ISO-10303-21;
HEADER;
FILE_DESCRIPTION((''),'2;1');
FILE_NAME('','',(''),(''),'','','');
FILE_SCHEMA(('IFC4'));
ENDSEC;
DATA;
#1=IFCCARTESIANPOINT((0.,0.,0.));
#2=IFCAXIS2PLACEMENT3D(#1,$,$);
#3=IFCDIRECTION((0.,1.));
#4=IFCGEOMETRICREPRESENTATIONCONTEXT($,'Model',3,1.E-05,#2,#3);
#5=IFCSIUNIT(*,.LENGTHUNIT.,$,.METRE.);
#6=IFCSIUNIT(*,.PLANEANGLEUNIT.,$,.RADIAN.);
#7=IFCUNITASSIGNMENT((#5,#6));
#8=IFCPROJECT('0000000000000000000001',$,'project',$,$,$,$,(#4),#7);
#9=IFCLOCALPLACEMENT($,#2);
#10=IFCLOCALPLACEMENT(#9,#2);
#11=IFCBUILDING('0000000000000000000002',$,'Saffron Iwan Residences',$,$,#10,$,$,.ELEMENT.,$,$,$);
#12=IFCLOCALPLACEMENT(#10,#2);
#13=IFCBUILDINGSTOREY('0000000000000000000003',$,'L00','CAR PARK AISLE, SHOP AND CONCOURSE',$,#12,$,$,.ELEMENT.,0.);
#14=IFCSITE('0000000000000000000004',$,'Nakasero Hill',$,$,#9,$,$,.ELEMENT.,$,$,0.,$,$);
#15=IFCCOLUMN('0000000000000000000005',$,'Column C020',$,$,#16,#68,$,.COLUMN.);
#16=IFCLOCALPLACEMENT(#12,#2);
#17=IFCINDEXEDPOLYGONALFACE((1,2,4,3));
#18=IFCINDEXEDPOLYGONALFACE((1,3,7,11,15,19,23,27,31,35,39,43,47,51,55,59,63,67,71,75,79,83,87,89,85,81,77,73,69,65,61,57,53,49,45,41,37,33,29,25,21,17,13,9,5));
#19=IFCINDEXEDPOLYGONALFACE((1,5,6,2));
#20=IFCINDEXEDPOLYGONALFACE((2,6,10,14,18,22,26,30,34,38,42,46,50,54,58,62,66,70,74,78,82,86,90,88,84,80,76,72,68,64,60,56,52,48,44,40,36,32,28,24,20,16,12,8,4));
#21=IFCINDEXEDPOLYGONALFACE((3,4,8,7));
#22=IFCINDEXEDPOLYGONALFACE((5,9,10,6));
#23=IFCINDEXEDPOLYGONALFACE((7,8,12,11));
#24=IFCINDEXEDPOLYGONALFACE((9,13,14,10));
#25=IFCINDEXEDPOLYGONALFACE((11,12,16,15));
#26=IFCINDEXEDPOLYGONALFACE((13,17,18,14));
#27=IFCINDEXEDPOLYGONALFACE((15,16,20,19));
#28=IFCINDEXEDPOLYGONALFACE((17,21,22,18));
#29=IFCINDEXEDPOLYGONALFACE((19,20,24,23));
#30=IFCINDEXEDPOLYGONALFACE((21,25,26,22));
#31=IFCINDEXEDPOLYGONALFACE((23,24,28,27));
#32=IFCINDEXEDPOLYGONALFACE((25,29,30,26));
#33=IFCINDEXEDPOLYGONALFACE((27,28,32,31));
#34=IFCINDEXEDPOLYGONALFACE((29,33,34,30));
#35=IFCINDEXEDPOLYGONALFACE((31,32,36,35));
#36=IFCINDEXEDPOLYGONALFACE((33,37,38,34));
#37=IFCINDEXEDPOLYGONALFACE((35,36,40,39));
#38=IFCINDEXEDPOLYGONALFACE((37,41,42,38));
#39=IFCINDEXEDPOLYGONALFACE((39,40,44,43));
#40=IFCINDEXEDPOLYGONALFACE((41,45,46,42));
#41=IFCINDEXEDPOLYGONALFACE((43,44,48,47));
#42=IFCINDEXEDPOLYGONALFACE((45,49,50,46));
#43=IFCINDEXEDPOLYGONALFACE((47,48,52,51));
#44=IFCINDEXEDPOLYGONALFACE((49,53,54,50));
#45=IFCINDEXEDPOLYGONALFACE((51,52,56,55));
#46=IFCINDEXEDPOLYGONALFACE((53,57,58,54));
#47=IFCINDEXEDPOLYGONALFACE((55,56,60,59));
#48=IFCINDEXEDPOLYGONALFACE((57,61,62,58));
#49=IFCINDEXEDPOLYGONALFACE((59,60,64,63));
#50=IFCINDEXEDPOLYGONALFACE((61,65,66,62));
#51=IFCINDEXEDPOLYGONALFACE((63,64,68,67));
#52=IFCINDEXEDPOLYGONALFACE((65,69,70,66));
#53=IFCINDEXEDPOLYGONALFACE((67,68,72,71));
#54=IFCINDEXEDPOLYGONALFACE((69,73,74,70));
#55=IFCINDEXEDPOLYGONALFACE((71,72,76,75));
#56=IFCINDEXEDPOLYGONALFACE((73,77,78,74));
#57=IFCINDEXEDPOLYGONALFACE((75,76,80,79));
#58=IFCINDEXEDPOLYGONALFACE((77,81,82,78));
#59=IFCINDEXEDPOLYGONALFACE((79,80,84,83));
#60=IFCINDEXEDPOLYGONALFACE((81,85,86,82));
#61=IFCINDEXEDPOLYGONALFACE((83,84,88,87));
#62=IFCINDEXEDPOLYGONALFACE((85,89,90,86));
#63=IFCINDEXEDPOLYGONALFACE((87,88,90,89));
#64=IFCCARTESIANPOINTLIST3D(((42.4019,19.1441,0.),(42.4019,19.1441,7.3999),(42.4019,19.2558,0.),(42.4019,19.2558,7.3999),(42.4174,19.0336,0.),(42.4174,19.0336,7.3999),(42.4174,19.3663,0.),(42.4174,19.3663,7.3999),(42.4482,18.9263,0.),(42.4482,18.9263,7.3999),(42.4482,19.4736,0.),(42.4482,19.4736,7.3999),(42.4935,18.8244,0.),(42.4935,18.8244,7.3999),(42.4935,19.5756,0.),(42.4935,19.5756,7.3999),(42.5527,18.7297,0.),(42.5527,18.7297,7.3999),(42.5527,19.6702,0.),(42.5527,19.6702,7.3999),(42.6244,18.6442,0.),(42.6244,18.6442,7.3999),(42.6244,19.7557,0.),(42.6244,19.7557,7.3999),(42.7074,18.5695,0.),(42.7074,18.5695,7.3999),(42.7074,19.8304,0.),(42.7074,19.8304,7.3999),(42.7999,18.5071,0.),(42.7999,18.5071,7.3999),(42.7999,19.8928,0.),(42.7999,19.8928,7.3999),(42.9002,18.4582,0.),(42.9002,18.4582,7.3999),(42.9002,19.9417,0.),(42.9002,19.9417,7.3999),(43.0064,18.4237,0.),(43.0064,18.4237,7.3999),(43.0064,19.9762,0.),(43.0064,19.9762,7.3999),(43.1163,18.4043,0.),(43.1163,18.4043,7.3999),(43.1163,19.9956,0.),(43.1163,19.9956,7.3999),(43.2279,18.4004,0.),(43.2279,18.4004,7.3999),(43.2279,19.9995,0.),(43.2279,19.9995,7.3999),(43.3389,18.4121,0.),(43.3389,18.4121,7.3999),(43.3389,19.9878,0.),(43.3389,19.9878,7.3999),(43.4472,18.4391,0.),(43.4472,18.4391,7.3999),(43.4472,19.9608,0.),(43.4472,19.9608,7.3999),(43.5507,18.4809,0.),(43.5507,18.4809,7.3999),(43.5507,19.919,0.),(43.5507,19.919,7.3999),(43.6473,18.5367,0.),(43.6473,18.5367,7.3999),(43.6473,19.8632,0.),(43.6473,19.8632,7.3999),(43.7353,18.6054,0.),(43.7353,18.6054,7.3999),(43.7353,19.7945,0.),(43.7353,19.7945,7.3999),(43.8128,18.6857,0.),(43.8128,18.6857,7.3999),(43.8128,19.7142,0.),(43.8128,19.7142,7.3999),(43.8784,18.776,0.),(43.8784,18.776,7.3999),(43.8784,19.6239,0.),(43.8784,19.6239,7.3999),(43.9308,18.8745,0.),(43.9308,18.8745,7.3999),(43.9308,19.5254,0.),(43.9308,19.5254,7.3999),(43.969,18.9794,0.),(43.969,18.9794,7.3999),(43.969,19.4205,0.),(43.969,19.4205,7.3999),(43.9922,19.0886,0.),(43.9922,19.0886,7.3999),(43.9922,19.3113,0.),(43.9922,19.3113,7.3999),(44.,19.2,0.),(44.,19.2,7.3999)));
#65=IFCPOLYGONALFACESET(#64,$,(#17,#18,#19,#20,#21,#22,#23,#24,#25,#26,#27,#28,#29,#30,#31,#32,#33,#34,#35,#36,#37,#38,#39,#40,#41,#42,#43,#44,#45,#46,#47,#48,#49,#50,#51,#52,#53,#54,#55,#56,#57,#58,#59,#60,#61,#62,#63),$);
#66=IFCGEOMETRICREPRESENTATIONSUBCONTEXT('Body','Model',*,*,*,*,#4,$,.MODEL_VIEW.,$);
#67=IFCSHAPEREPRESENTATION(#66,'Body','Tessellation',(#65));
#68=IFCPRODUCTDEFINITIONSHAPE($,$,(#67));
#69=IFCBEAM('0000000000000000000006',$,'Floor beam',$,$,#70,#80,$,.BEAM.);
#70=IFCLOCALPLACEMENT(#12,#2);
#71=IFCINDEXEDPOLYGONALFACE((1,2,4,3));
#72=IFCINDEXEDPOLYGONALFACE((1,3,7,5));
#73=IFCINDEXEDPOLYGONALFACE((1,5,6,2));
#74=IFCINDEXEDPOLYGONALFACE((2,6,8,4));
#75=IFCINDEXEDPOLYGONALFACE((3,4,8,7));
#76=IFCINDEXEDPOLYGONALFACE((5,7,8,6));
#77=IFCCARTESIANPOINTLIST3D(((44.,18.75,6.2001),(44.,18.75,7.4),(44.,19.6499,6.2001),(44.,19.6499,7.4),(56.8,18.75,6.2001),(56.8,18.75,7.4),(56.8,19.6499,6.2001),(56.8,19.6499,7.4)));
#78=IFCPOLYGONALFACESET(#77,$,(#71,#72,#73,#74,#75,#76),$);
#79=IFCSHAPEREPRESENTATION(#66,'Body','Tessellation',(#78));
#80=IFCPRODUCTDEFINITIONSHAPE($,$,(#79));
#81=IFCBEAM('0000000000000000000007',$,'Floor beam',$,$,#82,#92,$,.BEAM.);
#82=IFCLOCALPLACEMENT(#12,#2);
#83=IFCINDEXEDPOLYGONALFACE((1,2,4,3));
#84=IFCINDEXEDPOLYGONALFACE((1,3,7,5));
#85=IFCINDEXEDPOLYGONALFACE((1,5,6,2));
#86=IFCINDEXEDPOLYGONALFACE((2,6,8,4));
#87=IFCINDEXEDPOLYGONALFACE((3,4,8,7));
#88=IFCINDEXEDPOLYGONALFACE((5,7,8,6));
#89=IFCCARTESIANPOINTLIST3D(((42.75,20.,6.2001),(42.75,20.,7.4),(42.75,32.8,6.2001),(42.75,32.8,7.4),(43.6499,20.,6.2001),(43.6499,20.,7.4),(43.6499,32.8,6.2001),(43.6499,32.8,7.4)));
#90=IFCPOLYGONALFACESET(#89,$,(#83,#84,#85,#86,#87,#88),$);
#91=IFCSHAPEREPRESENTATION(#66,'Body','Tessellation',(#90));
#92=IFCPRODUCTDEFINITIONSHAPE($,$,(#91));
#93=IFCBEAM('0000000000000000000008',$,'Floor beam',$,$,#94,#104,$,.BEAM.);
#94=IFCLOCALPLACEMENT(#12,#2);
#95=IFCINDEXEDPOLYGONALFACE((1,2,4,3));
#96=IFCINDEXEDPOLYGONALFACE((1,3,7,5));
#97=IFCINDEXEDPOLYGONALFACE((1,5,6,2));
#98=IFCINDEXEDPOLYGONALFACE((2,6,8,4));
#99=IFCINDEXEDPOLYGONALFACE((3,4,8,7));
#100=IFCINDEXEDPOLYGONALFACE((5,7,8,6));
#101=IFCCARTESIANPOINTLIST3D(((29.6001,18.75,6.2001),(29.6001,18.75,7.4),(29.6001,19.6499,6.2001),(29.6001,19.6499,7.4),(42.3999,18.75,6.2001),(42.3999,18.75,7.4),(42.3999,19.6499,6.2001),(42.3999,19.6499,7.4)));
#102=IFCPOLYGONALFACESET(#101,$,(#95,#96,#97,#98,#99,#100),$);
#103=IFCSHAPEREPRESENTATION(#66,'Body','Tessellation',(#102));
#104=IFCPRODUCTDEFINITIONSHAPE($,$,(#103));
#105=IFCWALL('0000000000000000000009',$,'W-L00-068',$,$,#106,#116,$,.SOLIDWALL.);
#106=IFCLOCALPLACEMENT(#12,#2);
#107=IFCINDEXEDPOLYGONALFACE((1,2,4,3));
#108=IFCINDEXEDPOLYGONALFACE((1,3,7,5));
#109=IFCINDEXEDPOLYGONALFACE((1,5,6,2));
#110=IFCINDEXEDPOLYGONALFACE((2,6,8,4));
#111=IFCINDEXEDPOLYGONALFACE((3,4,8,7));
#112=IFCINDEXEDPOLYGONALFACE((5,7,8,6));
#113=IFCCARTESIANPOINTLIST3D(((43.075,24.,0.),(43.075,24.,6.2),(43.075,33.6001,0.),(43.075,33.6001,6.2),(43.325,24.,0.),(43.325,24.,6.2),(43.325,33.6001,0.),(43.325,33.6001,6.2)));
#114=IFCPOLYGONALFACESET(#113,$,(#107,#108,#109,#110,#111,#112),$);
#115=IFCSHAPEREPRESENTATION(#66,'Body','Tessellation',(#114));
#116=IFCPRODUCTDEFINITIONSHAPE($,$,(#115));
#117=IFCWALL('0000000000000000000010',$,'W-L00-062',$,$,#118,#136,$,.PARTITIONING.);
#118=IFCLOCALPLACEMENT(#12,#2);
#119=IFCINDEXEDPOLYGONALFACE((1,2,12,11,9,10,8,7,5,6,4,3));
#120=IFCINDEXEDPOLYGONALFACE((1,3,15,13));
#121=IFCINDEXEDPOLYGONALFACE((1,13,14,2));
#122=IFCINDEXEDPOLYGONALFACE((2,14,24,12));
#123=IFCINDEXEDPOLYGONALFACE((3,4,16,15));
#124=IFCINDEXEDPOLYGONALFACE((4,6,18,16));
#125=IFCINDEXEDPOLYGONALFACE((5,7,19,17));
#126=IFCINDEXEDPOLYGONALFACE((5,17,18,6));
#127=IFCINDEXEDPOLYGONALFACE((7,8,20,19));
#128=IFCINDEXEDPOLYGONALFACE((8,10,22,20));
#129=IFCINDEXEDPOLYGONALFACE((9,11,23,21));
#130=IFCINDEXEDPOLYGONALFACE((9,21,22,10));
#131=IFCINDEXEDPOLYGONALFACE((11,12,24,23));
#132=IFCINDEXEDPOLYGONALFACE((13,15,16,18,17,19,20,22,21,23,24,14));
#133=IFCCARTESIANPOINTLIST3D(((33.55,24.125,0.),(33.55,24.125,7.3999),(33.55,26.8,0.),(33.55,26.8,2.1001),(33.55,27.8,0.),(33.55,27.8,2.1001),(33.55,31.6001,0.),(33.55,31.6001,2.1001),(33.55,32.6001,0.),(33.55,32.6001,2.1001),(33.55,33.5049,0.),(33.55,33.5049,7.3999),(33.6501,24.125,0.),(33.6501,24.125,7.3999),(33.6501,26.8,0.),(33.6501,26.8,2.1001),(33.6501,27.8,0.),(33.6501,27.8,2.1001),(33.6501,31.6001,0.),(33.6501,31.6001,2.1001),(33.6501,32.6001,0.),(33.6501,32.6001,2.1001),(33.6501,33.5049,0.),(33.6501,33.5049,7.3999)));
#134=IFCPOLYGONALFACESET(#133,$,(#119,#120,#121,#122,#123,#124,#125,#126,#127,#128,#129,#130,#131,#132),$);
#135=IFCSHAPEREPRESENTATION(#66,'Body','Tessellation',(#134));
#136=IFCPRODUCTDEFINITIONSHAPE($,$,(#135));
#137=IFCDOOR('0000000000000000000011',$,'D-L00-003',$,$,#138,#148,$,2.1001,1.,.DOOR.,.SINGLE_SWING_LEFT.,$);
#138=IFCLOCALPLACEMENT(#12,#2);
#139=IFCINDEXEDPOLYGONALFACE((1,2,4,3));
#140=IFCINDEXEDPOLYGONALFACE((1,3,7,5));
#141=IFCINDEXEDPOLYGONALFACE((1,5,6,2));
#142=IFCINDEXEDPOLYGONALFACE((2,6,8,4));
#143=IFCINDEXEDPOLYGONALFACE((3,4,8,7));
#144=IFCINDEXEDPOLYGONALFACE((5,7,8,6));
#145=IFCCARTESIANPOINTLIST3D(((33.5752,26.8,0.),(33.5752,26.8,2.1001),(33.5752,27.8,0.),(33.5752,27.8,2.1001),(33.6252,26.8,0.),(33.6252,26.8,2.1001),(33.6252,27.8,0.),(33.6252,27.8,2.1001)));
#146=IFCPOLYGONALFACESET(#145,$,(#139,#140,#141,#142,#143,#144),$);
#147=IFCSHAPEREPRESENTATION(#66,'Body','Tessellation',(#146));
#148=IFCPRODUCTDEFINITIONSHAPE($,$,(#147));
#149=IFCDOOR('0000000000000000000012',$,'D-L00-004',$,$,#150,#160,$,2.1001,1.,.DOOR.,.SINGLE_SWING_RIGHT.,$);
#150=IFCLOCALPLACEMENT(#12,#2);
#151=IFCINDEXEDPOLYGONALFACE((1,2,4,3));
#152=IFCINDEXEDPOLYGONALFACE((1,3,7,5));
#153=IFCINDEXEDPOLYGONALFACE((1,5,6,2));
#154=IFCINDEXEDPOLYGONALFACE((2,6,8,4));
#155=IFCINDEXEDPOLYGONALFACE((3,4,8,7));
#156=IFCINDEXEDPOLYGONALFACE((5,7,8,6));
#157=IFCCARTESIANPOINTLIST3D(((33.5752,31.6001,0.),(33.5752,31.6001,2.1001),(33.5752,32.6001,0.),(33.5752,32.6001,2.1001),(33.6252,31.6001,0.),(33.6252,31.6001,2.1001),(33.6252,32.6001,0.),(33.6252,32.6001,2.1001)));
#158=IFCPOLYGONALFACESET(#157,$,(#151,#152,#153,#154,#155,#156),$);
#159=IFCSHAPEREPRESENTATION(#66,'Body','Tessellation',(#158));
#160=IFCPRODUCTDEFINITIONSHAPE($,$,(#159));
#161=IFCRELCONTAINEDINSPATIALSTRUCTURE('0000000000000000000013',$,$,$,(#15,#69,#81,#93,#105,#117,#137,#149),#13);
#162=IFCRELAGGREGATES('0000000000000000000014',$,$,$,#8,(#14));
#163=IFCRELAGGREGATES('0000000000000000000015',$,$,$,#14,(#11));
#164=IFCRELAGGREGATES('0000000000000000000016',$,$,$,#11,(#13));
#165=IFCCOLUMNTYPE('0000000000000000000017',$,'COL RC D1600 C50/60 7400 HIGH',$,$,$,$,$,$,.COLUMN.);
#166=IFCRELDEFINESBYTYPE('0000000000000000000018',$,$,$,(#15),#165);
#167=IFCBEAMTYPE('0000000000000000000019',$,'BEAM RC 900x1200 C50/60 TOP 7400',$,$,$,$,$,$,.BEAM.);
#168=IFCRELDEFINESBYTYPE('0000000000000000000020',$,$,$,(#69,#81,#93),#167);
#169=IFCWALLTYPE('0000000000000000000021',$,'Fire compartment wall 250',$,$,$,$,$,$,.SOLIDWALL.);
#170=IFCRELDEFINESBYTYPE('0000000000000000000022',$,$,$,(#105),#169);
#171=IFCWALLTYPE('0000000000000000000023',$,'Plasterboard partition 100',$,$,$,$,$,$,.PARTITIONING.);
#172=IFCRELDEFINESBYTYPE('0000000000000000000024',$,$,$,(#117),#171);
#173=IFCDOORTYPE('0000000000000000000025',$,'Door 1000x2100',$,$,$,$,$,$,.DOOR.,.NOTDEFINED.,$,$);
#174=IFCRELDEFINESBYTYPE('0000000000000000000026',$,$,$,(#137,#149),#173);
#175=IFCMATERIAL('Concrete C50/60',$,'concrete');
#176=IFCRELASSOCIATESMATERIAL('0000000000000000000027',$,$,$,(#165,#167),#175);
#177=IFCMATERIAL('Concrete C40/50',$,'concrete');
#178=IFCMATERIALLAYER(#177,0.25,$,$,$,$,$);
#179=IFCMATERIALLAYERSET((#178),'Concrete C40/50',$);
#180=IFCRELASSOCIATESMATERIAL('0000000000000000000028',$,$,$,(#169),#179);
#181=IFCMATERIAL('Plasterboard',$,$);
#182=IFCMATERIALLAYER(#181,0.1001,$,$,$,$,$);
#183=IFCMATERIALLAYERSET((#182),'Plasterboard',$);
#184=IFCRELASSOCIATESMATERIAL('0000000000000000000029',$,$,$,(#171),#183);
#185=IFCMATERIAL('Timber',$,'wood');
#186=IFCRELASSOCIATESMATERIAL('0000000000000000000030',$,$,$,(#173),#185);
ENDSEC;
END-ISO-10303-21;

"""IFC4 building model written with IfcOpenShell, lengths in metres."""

from ifc_helpers import new_model, si_unit, direction, frame, frame_2d, origin, origin_2d, place, context, subcontext, project, spatial, rectangle, circle, extrude, source, transform, mapped, material, layer, layer_set, material_profile, profile_set, type_object, element, fill, save


model = new_model("IFC4")

# Units and contexts
model_context = context("Model", 3, precision=1e-05, world=origin(), true_north=direction((0.0, 1.0)))
body_context = subcontext(model_context, "Body", "Model", "MODEL_VIEW")
ifc_project = project(units=[si_unit("LENGTHUNIT", "METRE"), si_unit("PLANEANGLEUNIT", "RADIAN")], contexts=[model_context])

# Site, building, storey
site_placement = place(None, origin())
site = spatial("IfcSite", under=ifc_project, at=site_placement, Name="Nakasero Hill", CompositionType="ELEMENT", RefElevation=0.0)
building_placement = place(site_placement, origin())
building = spatial("IfcBuilding", under=site, at=building_placement, Name="Saffron Iwan Residences", CompositionType="ELEMENT")
storey_placement = place(building_placement, origin())
storey = spatial("IfcBuildingStorey", under=building, at=storey_placement, Name="L00", Description="CAR PARK AISLE, SHOP AND CONCOURSE", CompositionType="ELEMENT", Elevation=0.0)

# Column
ifc_material_1 = material(Name="Concrete C50/60", Category="concrete")
ifc_material_profile_1 = material_profile(ifc_material_1, circle(Radius=0.8, at=origin_2d()), Name="RC D1600")
ifc_profile_set_1 = profile_set([ifc_material_profile_1], Name="Concrete C50/60")
column_type = type_object("IfcColumnType", Name="COL RC D1600 C50/60 7400 HIGH", PredefinedType="COLUMN", material=ifc_profile_set_1)
shared_shape_1 = source(origin(), body_context, "Body", "SweptSolid", [
    extrude(circle(Radius=0.8, at=origin_2d()), origin(), (0.0, 0.0, 1.0), 7.3999),
])
column_placement = place(storey_placement, frame((43.2, 19.2, 0.0), z_axis=(0.0, 0.0, 1.0), x_axis=(1.0, 0.0, 0.0)))
element("IfcColumn", 1, at=column_placement, inside=storey, type_object=column_type, Name="Column C020", PredefinedType="COLUMN", context=body_context, shape_type="MappedRepresentation", body=[
    mapped(shared_shape_1, transform((0.0, 0.0, 0.0))),
])

# Beams
ifc_material_profile_2 = material_profile(ifc_material_1, rectangle(XDim=0.8999, YDim=1.2, at=origin_2d()), Name="RC 900x1200")
ifc_profile_set_2 = profile_set([ifc_material_profile_2], Name="Concrete C50/60")
beam_type = type_object("IfcBeamType", Name="BEAM RC 900x1200 C50/60 TOP 7400", PredefinedType="BEAM", material=ifc_profile_set_2)
shared_shape_2 = source(origin(), body_context, "Body", "SweptSolid", [
    extrude(rectangle(XDim=0.8999, YDim=1.2, at=origin_2d()), origin(), (0.0, 0.0, 1.0), 12.8),
])
for number, where, z_axis, x_axis, name in (
    (2, (44.0, 19.2, 6.8), (1.0, 0.0, 0.0), (0.0, 1.0, 0.0), "Floor beam"),
    (3, (43.2, 20.0, 6.8), (0.0, 1.0, 0.0), (-1.0, 0.0, 0.0), "Floor beam"),
):
    element("IfcBeam", number, at=place(storey_placement, frame(where, z_axis=z_axis, x_axis=x_axis)), inside=storey, type_object=beam_type, Name=name, PredefinedType="BEAM", context=body_context, shape_type="MappedRepresentation", body=[
        mapped(shared_shape_2, transform((0.0, 0.0, 0.0))),
    ])
shared_shape_3 = source(origin(), body_context, "Body", "SweptSolid", [
    extrude(rectangle(XDim=0.8999, YDim=1.2, at=origin_2d()), origin(), (0.0, 0.0, 1.0), 12.7998),
])
beam_placement = place(storey_placement, frame((29.6001, 19.2, 6.8), z_axis=(1.0, 0.0, 0.0), x_axis=(0.0, 1.0, 0.0)))
element("IfcBeam", 4, at=beam_placement, inside=storey, type_object=beam_type, Name="Floor beam", PredefinedType="BEAM", context=body_context, shape_type="MappedRepresentation", body=[
    mapped(shared_shape_3, transform((0.0, 0.0, 0.0))),
])

# Wall
ifc_material_2 = material(Name="Concrete C40/50", Category="concrete")
ifc_layer_1 = layer(ifc_material_2, 0.25)
ifc_layer_set_1 = layer_set([ifc_layer_1], Name="Concrete C40/50")
wall_type_1 = type_object("IfcWallType", Name="Fire compartment wall 250", PredefinedType="SOLIDWALL", material=ifc_layer_set_1)
wall_1_placement = place(storey_placement, frame((43.2, 24.0, 0.0), z_axis=(0.0, 0.0, 1.0), x_axis=(0.0, 1.0, 0.0)))
element("IfcWall", 5, at=wall_1_placement, inside=storey, type_object=wall_type_1, Name="W-L00-068", PredefinedType="SOLIDWALL", context=body_context, shape_type="SweptSolid", body=[
    extrude(rectangle(XDim=9.6001, YDim=0.25, at=frame_2d((4.8, 0.0))), origin(), (0.0, 0.0, 1.0), 6.2),
])

# Wall, openings, doors
ifc_material_3 = material(Name="Plasterboard")
ifc_layer_2 = layer(ifc_material_3, 0.1001)
ifc_layer_set_2 = layer_set([ifc_layer_2], Name="Plasterboard")
wall_type_2 = type_object("IfcWallType", Name="Plasterboard partition 100", PredefinedType="PARTITIONING", material=ifc_layer_set_2)
wall_2_placement = place(storey_placement, frame((33.6001, 24.125, 0.0), z_axis=(0.0, 0.0, 1.0), x_axis=(0.0, 1.0, 0.0)))
wall_2 = element("IfcWall", 6, at=wall_2_placement, inside=storey, type_object=wall_type_2, Name="W-L00-062", PredefinedType="PARTITIONING", context=body_context, shape_type="SweptSolid", body=[
    extrude(rectangle(XDim=9.3799, YDim=0.1001, at=frame_2d((4.6899, 0.0))), origin(), (0.0, 0.0, 1.0), 7.3999),
])
opening_1_placement = place(wall_2_placement, frame((2.675, 0.0, 0.0)))
opening_1 = element("IfcOpeningElement", 7, at=opening_1_placement, cuts=wall_2, PredefinedType="OPENING", context=body_context, shape_type="SweptSolid", body=[
    extrude(rectangle(XDim=1.0, YDim=2.1001, at=frame_2d((0.5, 1.05))), frame((0.0, 0.0601, 0.0), z_axis=(0.0, -1.0, 0.0), x_axis=(1.0, 0.0, 0.0)), (0.0, 0.0, 1.0), 0.1201),
])
opening_2_placement = place(wall_2_placement, frame((7.4751, 0.0, 0.0)))
opening_2 = element("IfcOpeningElement", 8, at=opening_2_placement, cuts=wall_2, PredefinedType="OPENING", context=body_context, shape_type="SweptSolid", body=[
    extrude(rectangle(XDim=1.0, YDim=2.1001, at=frame_2d((0.5, 1.05))), frame((0.0, 0.0601, 0.0), z_axis=(0.0, -1.0, 0.0), x_axis=(1.0, 0.0, 0.0)), (0.0, 0.0, 1.0), 0.1201),
])
ifc_material_4 = material(Name="Timber", Category="wood")
door_type_1 = type_object("IfcDoorType", Name="Door 1000x2100", OperationType="NOTDEFINED", PredefinedType="DOOR", material=ifc_material_4)
door_1_placement = place(opening_1_placement, origin())
door_1 = element("IfcDoor", 9, at=door_1_placement, inside=storey, type_object=door_type_1, Name="D-L00-003", OperationType="SINGLE_SWING_LEFT", OverallHeight=2.1001, OverallWidth=1.0, PredefinedType="DOOR", context=body_context, shape_type="SweptSolid", body=[
    extrude(rectangle(XDim=1.0, YDim=2.1001, at=frame_2d((0.5, 1.05))), frame((0.0, 0.0249, 0.0), z_axis=(0.0, -1.0, 0.0), x_axis=(1.0, 0.0, 0.0)), (0.0, 0.0, 1.0), 0.05),
])
fill(opening_1, door_1)
door_2_placement = place(opening_2_placement, origin())
door_2 = element("IfcDoor", 10, at=door_2_placement, inside=storey, type_object=door_type_1, Name="D-L00-004", OperationType="SINGLE_SWING_RIGHT", OverallHeight=2.1001, OverallWidth=1.0, PredefinedType="DOOR", context=body_context, shape_type="SweptSolid", body=[
    extrude(rectangle(XDim=1.0, YDim=2.1001, at=frame_2d((0.5, 1.05))), frame((0.0, 0.0249, 0.0), z_axis=(0.0, -1.0, 0.0), x_axis=(1.0, 0.0, 0.0)), (0.0, 0.0, 1.0), 0.05),
])
fill(opening_2, door_2)

save(model, "model.ifc")
